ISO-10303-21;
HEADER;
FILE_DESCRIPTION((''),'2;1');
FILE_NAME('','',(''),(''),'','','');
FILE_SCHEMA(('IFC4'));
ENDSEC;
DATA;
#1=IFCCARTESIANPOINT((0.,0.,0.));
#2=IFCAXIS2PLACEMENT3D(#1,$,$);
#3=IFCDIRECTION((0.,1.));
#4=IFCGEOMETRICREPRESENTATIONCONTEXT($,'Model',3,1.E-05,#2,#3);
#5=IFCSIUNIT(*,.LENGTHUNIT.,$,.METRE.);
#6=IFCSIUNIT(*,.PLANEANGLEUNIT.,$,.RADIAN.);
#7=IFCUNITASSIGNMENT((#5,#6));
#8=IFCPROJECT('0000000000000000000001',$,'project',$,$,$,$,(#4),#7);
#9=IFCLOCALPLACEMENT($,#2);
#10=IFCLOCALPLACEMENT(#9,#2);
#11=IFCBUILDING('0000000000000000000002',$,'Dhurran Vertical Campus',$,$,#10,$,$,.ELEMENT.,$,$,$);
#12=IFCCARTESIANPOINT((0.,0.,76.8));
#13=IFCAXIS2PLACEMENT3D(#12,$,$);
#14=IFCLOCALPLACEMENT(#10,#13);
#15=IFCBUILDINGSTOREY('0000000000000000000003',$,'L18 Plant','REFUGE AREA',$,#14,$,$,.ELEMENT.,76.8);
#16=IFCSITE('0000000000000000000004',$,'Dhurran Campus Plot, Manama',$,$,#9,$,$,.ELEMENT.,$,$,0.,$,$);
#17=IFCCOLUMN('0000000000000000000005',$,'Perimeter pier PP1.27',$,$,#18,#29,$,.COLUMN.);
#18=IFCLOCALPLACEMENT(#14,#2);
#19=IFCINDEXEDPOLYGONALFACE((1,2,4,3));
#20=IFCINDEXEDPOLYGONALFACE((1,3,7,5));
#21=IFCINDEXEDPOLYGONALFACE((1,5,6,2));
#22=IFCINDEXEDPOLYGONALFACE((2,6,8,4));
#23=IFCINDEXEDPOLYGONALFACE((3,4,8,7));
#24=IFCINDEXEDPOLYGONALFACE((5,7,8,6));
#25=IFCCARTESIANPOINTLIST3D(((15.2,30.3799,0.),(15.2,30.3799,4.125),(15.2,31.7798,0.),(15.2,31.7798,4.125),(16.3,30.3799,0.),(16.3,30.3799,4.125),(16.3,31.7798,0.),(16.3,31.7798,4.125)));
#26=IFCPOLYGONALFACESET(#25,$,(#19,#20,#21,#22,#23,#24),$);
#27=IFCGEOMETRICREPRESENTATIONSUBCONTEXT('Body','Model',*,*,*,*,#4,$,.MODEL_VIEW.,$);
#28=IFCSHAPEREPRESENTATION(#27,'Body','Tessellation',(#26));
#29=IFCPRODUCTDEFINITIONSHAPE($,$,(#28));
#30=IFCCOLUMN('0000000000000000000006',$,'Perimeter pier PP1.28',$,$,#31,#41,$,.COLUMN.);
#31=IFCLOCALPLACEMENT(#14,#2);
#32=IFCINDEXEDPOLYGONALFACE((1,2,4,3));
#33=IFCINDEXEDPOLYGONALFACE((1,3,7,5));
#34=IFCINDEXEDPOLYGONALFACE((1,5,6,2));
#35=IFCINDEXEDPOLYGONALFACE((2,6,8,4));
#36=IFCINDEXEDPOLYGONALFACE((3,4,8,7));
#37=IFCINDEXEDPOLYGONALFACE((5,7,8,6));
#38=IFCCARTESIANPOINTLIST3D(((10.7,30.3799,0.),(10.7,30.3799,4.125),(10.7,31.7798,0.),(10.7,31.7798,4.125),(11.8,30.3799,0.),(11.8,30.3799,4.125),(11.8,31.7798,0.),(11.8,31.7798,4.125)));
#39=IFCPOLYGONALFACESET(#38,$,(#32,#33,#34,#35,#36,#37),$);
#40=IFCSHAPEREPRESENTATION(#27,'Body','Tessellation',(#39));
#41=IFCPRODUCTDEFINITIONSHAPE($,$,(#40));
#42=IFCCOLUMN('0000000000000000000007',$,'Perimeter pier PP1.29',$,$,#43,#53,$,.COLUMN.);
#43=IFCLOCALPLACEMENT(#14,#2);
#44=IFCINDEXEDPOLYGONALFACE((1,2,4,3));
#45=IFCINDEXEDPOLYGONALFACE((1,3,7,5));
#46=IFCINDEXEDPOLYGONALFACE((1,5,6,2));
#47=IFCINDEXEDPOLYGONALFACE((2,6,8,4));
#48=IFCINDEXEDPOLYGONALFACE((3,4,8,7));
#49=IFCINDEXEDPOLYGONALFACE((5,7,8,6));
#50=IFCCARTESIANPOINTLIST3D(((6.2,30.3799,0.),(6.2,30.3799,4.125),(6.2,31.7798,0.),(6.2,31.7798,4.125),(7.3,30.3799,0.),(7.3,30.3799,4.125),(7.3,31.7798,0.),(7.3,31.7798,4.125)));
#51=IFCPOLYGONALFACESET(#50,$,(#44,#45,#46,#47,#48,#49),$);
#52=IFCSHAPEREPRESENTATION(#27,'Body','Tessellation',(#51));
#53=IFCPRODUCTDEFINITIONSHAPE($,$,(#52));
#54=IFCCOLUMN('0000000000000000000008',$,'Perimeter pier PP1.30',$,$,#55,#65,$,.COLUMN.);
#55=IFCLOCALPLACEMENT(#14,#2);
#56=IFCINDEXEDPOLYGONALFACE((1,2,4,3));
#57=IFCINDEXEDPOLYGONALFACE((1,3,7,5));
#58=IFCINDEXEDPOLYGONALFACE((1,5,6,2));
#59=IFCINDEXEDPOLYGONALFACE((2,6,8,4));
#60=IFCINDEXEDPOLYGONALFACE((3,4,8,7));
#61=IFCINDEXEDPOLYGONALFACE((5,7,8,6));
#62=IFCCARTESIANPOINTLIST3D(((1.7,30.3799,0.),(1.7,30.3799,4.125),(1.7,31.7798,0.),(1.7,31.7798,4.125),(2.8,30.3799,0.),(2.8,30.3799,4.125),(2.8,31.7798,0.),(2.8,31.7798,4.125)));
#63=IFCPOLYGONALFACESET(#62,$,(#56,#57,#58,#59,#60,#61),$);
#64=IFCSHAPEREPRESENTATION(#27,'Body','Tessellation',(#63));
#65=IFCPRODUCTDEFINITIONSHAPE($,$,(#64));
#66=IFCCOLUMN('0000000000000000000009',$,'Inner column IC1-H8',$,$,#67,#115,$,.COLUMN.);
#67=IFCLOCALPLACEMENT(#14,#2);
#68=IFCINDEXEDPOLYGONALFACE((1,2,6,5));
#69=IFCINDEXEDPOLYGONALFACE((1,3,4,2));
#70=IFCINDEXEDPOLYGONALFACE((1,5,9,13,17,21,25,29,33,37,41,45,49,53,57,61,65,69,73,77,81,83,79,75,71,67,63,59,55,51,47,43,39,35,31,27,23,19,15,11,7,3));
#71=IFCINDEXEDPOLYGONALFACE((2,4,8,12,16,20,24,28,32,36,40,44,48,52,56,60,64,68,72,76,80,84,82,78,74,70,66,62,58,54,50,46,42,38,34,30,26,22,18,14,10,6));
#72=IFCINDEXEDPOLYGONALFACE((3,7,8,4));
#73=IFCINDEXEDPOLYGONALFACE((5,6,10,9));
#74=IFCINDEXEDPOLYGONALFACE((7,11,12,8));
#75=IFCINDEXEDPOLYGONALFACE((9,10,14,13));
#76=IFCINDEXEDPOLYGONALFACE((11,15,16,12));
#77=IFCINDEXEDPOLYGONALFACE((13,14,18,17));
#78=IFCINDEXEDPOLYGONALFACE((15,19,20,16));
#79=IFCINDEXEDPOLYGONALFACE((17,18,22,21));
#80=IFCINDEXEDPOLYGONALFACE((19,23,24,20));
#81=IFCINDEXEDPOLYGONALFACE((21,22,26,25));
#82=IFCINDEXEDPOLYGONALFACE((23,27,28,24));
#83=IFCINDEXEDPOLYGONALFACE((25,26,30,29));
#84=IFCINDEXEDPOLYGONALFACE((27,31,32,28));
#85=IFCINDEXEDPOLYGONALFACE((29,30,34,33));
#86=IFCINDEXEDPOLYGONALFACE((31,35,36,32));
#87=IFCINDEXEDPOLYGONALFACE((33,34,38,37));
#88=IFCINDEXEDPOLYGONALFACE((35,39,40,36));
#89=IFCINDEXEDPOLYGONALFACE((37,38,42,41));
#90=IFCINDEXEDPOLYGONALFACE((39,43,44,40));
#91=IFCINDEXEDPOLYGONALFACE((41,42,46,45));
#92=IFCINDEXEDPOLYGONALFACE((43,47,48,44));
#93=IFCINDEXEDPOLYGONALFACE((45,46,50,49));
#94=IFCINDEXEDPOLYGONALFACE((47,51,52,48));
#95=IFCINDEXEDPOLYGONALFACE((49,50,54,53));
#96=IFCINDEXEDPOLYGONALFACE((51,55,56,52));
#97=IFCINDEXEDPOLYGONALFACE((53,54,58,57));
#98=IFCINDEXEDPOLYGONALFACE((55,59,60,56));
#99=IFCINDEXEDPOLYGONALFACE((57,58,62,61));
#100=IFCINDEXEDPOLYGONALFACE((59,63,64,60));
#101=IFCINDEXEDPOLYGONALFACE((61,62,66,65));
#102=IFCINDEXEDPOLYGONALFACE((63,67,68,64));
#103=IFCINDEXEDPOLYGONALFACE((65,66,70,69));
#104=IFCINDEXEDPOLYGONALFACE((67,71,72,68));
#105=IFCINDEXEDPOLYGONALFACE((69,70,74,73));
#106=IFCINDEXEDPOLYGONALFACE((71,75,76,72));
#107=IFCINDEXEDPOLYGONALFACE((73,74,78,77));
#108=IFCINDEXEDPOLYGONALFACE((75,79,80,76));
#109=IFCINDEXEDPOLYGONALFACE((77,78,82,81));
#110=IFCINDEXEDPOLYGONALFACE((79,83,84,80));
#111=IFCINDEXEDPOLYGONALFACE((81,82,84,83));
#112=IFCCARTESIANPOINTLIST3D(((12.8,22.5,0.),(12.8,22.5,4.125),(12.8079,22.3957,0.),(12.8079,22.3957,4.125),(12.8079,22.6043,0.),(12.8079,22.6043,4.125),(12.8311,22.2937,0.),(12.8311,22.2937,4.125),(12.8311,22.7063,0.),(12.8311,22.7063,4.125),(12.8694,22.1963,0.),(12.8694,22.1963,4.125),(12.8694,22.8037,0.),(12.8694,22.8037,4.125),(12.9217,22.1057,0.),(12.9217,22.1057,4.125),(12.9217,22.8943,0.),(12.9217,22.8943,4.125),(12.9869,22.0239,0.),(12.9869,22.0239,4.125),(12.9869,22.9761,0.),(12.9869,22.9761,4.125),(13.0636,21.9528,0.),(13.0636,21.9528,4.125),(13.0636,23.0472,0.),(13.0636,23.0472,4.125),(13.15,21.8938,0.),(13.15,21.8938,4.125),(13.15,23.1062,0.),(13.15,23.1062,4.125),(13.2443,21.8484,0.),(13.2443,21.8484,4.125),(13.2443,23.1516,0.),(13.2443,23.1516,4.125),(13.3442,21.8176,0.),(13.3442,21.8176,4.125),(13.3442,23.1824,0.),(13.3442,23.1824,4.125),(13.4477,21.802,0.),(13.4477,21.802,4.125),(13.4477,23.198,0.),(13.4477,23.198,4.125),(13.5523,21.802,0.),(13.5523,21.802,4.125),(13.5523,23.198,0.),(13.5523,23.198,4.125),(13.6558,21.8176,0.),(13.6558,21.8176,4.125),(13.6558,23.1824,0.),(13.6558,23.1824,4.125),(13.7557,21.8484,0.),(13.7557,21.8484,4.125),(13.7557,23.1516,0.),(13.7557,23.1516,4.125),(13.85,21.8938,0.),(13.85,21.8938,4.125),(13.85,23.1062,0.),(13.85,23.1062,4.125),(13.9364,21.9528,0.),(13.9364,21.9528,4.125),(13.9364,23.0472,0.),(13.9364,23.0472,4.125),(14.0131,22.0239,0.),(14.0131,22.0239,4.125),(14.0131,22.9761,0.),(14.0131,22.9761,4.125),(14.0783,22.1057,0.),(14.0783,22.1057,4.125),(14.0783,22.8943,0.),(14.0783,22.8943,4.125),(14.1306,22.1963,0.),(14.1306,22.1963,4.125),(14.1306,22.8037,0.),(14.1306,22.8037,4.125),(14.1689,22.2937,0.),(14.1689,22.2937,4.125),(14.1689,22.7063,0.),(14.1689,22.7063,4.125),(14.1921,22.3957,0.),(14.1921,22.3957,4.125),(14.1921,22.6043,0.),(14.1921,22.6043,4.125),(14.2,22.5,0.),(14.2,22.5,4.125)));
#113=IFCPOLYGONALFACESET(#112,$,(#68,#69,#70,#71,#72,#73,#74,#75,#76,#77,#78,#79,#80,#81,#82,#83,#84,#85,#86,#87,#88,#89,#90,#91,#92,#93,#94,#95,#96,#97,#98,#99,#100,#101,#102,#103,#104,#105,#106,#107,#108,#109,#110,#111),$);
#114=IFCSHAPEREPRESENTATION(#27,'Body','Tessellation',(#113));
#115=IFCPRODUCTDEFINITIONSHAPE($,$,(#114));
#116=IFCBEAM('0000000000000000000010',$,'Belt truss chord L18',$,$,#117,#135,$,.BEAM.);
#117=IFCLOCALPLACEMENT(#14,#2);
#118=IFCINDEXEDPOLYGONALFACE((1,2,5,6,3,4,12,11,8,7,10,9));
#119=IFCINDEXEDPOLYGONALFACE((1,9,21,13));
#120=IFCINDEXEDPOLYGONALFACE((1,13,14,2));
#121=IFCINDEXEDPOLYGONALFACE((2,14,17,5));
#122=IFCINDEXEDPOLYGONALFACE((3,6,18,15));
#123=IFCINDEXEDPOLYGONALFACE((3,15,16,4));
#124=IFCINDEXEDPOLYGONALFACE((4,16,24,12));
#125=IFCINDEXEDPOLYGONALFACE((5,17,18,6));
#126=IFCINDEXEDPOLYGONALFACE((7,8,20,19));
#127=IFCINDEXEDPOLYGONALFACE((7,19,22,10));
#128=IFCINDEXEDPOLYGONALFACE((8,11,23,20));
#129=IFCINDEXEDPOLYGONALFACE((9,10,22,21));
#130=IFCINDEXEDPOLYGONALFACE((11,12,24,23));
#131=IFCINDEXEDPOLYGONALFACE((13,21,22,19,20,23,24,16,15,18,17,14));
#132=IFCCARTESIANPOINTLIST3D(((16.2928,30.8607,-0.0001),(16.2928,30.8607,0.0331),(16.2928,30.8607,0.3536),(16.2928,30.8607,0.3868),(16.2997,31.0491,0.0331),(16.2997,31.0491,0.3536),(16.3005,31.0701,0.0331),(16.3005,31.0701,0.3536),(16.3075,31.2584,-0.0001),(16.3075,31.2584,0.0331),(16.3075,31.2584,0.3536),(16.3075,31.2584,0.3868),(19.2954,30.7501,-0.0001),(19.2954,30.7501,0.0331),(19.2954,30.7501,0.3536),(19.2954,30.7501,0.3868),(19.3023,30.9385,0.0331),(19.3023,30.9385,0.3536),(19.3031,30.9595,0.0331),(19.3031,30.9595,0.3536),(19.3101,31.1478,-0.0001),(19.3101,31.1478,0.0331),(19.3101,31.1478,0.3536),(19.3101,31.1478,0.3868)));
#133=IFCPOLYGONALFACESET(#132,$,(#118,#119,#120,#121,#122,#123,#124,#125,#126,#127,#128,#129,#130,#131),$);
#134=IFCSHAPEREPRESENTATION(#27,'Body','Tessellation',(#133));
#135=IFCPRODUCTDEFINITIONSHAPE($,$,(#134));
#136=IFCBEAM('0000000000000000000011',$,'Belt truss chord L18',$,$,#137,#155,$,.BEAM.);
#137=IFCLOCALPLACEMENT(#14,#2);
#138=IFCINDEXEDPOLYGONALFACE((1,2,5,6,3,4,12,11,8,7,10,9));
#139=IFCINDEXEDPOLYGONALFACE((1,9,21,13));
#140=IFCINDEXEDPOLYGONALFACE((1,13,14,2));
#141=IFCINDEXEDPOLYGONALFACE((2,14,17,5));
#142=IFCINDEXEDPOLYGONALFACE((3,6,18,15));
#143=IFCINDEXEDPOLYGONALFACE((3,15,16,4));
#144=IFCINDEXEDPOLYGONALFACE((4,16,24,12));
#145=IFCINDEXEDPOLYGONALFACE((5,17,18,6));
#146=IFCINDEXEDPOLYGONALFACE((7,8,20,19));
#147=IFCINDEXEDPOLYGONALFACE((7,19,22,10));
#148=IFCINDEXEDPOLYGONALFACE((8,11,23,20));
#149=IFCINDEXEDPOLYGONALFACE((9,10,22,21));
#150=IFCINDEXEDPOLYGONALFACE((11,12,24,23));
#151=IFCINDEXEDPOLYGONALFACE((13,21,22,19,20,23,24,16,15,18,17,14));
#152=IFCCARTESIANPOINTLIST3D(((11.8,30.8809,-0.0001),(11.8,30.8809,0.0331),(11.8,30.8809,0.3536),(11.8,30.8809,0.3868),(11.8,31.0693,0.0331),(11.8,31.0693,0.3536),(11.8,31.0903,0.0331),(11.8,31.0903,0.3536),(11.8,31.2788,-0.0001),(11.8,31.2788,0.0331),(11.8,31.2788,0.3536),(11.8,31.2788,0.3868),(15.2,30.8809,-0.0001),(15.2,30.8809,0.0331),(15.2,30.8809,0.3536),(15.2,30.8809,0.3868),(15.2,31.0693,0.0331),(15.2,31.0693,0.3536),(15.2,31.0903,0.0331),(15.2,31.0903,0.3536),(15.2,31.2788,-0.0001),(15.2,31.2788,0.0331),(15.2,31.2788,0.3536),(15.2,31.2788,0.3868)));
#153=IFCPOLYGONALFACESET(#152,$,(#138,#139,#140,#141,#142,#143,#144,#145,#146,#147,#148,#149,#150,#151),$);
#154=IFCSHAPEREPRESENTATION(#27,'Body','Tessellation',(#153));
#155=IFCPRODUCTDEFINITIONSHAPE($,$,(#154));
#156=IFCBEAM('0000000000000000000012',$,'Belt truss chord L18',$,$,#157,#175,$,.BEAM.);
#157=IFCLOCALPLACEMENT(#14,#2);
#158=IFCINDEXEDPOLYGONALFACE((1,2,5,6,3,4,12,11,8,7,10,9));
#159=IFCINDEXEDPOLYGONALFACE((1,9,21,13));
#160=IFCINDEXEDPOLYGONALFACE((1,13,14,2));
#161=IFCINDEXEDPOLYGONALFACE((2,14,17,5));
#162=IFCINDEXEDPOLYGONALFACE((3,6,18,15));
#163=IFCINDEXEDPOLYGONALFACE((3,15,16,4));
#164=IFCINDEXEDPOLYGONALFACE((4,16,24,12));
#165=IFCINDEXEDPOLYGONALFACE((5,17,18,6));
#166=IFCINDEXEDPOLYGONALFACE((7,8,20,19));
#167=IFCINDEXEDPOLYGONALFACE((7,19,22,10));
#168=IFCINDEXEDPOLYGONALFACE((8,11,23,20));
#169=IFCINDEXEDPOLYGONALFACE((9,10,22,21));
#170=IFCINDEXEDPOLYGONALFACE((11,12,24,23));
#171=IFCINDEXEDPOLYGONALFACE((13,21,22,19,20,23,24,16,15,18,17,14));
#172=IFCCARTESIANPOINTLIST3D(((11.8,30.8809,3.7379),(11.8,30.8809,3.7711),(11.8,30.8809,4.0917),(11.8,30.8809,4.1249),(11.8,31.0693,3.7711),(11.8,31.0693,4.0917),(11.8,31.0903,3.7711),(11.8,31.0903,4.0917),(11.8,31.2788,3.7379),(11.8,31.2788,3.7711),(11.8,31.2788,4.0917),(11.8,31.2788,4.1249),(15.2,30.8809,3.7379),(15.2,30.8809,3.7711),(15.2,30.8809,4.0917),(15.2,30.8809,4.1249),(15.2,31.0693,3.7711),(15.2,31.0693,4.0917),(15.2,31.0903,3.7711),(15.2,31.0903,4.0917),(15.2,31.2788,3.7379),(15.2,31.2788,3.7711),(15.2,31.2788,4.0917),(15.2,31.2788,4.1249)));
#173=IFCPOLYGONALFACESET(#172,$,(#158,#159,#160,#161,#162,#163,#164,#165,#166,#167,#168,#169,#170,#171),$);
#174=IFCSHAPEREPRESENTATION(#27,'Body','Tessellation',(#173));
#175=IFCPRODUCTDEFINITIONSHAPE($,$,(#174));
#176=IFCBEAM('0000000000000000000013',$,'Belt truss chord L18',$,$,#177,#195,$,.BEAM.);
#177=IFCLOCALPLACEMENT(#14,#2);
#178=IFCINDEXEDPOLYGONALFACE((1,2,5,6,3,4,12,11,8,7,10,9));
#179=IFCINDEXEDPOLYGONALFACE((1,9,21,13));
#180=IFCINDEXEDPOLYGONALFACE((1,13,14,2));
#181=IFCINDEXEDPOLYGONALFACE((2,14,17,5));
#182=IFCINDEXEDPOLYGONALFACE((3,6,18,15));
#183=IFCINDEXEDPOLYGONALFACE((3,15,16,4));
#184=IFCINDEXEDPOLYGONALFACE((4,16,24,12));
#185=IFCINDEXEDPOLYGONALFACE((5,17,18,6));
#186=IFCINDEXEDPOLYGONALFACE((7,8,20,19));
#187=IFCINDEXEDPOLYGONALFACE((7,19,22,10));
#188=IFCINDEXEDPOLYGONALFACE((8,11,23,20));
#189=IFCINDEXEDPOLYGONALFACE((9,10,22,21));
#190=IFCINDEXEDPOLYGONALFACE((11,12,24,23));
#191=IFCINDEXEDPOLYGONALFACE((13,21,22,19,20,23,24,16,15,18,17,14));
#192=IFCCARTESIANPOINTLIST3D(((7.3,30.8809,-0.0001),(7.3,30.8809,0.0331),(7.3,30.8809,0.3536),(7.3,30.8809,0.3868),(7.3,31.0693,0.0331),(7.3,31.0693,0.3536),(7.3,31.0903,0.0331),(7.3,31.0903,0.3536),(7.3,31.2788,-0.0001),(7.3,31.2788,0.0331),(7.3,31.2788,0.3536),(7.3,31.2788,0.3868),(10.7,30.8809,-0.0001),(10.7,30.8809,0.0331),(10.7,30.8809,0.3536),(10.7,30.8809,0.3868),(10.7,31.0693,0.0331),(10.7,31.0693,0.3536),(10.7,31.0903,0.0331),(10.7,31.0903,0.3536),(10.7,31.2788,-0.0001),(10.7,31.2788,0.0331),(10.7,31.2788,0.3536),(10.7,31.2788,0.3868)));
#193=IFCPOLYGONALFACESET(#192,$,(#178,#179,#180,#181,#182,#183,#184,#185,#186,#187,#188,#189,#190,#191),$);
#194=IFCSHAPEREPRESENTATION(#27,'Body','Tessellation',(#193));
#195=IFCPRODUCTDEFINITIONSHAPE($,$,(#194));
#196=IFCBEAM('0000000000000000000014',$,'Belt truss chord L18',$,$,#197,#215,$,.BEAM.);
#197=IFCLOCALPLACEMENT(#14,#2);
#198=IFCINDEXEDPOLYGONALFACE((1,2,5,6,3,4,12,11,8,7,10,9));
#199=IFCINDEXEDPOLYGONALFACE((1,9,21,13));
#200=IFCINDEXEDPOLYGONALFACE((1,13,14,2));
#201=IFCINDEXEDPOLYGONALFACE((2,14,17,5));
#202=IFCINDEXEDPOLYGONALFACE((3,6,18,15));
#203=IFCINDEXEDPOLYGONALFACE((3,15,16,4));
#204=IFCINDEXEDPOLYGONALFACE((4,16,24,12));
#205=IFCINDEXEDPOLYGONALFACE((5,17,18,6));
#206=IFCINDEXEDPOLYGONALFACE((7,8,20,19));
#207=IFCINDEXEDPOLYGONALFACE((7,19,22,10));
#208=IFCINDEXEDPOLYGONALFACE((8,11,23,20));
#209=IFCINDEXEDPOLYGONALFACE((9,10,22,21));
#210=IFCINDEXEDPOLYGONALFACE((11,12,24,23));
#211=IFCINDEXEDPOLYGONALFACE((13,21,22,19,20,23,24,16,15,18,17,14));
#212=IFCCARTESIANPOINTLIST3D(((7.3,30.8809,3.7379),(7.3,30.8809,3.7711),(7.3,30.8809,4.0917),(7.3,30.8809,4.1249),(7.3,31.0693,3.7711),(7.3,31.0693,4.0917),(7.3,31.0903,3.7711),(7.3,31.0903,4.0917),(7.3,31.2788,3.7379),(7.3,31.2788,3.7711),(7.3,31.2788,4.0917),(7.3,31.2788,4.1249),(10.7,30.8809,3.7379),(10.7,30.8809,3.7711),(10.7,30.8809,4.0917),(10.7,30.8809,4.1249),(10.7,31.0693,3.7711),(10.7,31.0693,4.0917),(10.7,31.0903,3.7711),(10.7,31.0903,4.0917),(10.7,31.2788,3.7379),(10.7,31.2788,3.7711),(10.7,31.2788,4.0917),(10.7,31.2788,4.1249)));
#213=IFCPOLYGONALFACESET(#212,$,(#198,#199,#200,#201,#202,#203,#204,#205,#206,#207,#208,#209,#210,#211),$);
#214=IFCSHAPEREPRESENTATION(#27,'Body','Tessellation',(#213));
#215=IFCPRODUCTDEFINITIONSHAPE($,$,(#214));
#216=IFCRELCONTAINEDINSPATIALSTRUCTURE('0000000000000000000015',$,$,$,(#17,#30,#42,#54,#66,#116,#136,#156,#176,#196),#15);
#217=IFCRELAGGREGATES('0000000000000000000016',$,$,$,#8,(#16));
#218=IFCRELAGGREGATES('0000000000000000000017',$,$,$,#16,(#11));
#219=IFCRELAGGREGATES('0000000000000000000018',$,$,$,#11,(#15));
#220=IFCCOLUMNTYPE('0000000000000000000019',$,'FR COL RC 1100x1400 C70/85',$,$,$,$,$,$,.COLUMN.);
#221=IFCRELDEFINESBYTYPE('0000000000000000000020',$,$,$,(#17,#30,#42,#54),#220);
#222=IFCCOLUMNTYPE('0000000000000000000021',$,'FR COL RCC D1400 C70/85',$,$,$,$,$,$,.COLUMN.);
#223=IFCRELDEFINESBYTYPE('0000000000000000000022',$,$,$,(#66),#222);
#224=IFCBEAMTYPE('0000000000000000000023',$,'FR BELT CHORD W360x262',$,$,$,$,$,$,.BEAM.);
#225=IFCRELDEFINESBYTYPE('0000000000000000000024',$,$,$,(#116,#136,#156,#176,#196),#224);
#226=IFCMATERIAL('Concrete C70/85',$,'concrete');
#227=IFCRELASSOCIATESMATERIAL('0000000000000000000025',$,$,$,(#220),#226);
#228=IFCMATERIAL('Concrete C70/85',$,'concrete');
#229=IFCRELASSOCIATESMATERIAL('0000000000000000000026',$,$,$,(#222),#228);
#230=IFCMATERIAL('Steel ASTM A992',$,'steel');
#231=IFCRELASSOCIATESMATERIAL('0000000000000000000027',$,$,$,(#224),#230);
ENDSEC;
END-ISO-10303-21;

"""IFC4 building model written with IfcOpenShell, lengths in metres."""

from ifc_helpers import new_model, si_unit, direction, frame, origin, origin_2d, place, context, subcontext, project, spatial, rectangle, circle, i_section, extrude, material, material_profile, profile_set, type_object, element, save


model = new_model("IFC4")

# Units and contexts
model_context = context("Model", 3, precision=1e-05, world=origin(), true_north=direction((0.0, 1.0)))
body_context = subcontext(model_context, "Body", "Model", "MODEL_VIEW")
ifc_project = project(units=[si_unit("LENGTHUNIT", "METRE"), si_unit("PLANEANGLEUNIT", "RADIAN")], contexts=[model_context])

# Site, building, storey
site_placement = place(None, origin())
site = spatial("IfcSite", under=ifc_project, at=site_placement, Name="Dhurran Campus Plot, Manama", CompositionType="ELEMENT", RefElevation=0.0)
building_placement = place(site_placement, origin())
building = spatial("IfcBuilding", under=site, at=building_placement, Name="Dhurran Vertical Campus", CompositionType="ELEMENT")
storey_placement = place(building_placement, frame((0.0, 0.0, 76.8)))
storey = spatial("IfcBuildingStorey", under=building, at=storey_placement, Name="L18 Plant", Description="REFUGE AREA", CompositionType="ELEMENT", Elevation=76.8)

# Columns
ifc_material_1 = material(Name="Concrete C70/85", Category="concrete")
ifc_material_profile_1 = material_profile(ifc_material_1, rectangle(XDim=1.1001, YDim=1.3999, at=origin_2d()), Name="RC 1100x1400")
ifc_profile_set_1 = profile_set([ifc_material_profile_1], Name="Concrete C70/85")
column_type_1 = type_object("IfcColumnType", Name="FR COL RC 1100x1400 C70/85", PredefinedType="COLUMN", material=ifc_profile_set_1)
for number, where, z_axis, x_axis, name in (
    (1, (15.75, 31.0798, 0.0), (0.0, 0.0, 1.0), (-1.0, 0.0, 0.0), "Perimeter pier PP1.27"),
    (2, (11.25, 31.0798, 0.0), (0.0, 0.0, 1.0), (-1.0, 0.0, 0.0), "Perimeter pier PP1.28"),
    (3, (6.75, 31.0798, 0.0), (0.0, 0.0, 1.0), (-1.0, 0.0, 0.0), "Perimeter pier PP1.29"),
    (4, (2.25, 31.0798, 0.0), (0.0, 0.0, 1.0), (-1.0, 0.0, 0.0), "Perimeter pier PP1.30"),
):
    element("IfcColumn", number, at=place(storey_placement, frame(where, z_axis=z_axis, x_axis=x_axis)), inside=storey, type_object=column_type_1, Name=name, PredefinedType="COLUMN", context=body_context, shape_type="SweptSolid", body=[
        extrude(rectangle(XDim=1.1001, YDim=1.3999, at=origin_2d()), origin(), (0.0, 0.0, 1.0), 4.125),
    ])
ifc_material_2 = material(Name="Concrete C70/85", Category="concrete")
ifc_material_profile_2 = material_profile(ifc_material_2, circle(Radius=0.7, at=origin_2d()), Name="RCC D1400")
ifc_profile_set_2 = profile_set([ifc_material_profile_2], Name="Concrete C70/85")
column_type_2 = type_object("IfcColumnType", Name="FR COL RCC D1400 C70/85", PredefinedType="COLUMN", material=ifc_profile_set_2)
column_placement = place(storey_placement, frame((13.5, 22.5, 0.0), z_axis=(0.0, 0.0, 1.0), x_axis=(1.0, 0.0, 0.0)))
element("IfcColumn", 5, at=column_placement, inside=storey, type_object=column_type_2, Name="Inner column IC1-H8", PredefinedType="COLUMN", context=body_context, shape_type="SweptSolid", body=[
    extrude(circle(Radius=0.7, at=origin_2d()), origin(), (0.0, 0.0, 1.0), 4.125),
])

# Beams
ifc_material_3 = material(Name="Steel ASTM A992", Category="steel")
ifc_material_profile_3 = material_profile(ifc_material_3, i_section(OverallWidth=0.3979, OverallDepth=0.387, WebThickness=0.021, FlangeThickness=0.0332, at=origin_2d()), Name="W360x262")
ifc_profile_set_3 = profile_set([ifc_material_profile_3], Name="Steel ASTM A992")
beam_type = type_object("IfcBeamType", Name="FR BELT CHORD W360x262", PredefinedType="BEAM", material=ifc_profile_set_3)
beam_placement = place(storey_placement, frame((19.3027, 30.949, 0.1934), z_axis=(-0.999322, 0.036807, 0.0), x_axis=(-0.036807, -0.999322, 0.0)))
element("IfcBeam", 6, at=beam_placement, inside=storey, type_object=beam_type, Name="Belt truss chord L18", PredefinedType="BEAM", context=body_context, shape_type="SweptSolid", body=[
    extrude(i_section(OverallWidth=0.3979, OverallDepth=0.387, WebThickness=0.021, FlangeThickness=0.0332, at=origin_2d()), origin(), (0.0, 0.0, 1.0), 3.0046),
])
for number, where, z_axis, x_axis, name in (
    (7, (15.2, 31.0798, 0.1934), (-1.0, 0.0, 0.0), (0.0, -1.0, 0.0), "Belt truss chord L18"),
    (8, (15.2, 31.0798, 3.9314), (-1.0, 0.0, 0.0), (0.0, -1.0, 0.0), "Belt truss chord L18"),
    (9, (10.7, 31.0798, 0.1934), (-1.0, 0.0, 0.0), (0.0, -1.0, 0.0), "Belt truss chord L18"),
    (10, (10.7, 31.0798, 3.9314), (-1.0, 0.0, 0.0), (0.0, -1.0, 0.0), "Belt truss chord L18"),
):
    element("IfcBeam", number, at=place(storey_placement, frame(where, z_axis=z_axis, x_axis=x_axis)), inside=storey, type_object=beam_type, Name=name, PredefinedType="BEAM", context=body_context, shape_type="SweptSolid", body=[
        extrude(i_section(OverallWidth=0.3979, OverallDepth=0.387, WebThickness=0.021, FlangeThickness=0.0332, at=origin_2d()), origin(), (0.0, 0.0, 1.0), 3.3999),
    ])

save(model, "model.ifc")
